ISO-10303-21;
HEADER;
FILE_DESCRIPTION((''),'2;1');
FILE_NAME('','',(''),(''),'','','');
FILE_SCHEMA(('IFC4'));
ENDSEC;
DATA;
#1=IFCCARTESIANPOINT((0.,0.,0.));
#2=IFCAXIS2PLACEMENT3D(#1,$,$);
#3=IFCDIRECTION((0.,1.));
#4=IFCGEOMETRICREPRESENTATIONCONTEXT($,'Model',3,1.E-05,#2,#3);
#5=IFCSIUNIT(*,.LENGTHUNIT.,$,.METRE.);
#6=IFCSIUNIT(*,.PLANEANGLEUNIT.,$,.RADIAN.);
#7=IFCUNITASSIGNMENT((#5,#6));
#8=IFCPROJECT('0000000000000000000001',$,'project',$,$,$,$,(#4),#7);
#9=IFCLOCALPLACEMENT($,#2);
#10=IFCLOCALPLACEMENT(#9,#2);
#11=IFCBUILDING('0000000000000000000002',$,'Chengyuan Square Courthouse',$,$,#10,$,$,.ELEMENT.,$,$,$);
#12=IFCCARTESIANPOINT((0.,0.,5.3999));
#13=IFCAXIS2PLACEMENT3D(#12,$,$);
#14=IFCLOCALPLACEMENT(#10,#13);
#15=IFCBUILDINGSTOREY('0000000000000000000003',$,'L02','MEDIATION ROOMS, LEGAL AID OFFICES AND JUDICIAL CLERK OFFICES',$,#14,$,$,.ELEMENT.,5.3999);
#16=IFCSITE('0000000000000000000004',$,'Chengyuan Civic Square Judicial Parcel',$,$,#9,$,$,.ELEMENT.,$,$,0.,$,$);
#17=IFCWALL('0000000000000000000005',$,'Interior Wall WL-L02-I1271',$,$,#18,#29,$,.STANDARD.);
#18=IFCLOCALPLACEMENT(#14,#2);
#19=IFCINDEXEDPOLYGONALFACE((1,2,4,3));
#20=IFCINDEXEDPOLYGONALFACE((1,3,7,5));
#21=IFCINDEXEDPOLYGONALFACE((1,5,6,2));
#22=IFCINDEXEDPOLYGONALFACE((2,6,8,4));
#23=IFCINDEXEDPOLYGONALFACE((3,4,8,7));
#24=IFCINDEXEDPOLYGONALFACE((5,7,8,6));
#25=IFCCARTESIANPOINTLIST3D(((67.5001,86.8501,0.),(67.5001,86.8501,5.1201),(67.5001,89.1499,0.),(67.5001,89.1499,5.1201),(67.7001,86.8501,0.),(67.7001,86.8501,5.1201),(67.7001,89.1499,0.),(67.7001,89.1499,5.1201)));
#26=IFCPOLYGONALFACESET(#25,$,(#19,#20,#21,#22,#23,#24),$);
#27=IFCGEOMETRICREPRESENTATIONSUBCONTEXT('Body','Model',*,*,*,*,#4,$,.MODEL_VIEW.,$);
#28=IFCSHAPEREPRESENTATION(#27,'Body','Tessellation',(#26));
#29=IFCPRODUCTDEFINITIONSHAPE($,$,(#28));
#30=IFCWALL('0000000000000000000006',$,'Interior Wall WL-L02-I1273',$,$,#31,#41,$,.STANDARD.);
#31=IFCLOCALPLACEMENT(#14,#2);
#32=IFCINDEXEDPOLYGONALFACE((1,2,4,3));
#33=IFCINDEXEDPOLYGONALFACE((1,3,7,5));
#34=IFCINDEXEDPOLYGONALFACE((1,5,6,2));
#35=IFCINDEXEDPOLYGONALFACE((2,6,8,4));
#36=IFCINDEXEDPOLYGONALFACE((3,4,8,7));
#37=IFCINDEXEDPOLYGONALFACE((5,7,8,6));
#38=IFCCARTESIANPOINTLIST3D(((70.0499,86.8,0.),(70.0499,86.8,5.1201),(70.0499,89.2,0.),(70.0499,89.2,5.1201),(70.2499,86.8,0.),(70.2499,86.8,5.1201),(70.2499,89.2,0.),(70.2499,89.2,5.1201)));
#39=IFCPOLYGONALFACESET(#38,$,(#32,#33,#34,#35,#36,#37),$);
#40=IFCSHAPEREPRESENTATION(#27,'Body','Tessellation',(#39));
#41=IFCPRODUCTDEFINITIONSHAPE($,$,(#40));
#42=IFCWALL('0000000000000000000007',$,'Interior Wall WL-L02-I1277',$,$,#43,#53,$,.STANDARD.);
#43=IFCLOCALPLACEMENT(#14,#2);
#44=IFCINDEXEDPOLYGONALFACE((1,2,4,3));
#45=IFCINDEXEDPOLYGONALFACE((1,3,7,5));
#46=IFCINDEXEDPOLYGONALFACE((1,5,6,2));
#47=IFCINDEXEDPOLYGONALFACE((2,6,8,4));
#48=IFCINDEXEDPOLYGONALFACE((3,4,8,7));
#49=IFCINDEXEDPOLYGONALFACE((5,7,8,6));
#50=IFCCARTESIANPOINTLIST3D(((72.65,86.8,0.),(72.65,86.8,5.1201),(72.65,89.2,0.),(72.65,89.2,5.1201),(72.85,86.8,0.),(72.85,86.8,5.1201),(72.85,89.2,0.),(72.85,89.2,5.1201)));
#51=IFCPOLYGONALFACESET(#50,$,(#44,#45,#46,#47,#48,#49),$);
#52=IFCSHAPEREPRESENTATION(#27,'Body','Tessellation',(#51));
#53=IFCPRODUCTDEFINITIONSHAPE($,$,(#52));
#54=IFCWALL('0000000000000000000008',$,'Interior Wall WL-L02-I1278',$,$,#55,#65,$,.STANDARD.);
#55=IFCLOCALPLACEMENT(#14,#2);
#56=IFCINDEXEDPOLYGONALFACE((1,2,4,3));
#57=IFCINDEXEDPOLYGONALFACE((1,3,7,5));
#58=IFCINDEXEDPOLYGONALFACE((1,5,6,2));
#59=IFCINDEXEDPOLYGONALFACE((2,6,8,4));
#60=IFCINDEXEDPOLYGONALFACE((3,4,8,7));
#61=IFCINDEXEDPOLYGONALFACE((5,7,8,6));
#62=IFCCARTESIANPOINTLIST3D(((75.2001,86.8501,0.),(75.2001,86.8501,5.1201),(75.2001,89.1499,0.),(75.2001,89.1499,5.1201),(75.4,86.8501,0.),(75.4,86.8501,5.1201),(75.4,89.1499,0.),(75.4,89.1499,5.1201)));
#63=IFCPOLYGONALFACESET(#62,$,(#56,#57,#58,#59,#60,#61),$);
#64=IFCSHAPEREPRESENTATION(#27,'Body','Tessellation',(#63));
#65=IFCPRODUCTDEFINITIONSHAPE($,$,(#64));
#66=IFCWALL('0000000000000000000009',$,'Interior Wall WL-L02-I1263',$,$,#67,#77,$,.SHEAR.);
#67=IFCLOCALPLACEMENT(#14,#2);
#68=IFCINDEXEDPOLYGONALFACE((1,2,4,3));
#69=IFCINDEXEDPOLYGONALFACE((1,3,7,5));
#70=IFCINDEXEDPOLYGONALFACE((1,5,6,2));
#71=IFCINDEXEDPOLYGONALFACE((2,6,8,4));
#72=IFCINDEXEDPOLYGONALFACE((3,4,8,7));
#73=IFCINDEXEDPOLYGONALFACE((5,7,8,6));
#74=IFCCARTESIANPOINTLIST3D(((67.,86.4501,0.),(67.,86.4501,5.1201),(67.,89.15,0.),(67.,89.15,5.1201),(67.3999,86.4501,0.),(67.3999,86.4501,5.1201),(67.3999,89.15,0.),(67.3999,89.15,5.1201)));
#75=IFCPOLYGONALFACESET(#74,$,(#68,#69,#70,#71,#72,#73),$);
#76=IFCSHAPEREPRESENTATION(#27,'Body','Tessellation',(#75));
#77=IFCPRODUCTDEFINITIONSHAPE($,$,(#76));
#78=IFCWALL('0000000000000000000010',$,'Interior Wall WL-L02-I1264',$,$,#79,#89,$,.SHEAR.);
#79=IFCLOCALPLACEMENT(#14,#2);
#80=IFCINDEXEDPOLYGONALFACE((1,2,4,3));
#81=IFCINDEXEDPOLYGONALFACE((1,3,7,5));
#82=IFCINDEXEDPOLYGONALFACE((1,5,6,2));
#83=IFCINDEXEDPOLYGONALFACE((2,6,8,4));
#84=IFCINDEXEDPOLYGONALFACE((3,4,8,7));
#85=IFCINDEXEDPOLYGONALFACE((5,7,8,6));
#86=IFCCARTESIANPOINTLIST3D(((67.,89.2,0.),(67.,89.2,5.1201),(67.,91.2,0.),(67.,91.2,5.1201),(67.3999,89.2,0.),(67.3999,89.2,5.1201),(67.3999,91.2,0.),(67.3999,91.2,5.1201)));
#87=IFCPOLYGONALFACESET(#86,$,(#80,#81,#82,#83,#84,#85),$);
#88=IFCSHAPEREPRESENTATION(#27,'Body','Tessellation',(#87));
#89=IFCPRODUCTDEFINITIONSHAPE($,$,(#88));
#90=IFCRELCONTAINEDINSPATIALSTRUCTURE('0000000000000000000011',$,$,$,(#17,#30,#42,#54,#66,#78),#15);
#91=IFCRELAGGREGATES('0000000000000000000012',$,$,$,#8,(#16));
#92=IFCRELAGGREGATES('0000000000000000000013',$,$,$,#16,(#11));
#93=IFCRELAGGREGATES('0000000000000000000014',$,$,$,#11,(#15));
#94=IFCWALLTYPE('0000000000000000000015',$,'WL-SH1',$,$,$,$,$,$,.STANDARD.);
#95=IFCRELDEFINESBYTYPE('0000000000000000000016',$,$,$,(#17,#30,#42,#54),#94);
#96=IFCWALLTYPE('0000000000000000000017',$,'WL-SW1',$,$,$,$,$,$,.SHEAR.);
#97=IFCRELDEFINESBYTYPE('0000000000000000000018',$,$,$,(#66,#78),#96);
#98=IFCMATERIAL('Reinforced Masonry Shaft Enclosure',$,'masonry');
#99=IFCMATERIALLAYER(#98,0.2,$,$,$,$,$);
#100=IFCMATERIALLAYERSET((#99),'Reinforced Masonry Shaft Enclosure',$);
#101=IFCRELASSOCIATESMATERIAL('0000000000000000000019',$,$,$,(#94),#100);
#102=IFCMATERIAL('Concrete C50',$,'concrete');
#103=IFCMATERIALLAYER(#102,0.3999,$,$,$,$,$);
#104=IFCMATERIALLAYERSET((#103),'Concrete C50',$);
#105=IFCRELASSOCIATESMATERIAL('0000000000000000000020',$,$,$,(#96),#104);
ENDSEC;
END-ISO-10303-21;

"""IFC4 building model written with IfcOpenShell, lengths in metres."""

from ifc_helpers import new_model, si_unit, direction, frame, frame_2d, origin, place, context, subcontext, project, spatial, rectangle, extrude, material, layer, layer_set, type_object, element, save


model = new_model("IFC4")

# Units and contexts
model_context = context("Model", 3, precision=1e-05, world=origin(), true_north=direction((0.0, 1.0)))
body_context = subcontext(model_context, "Body", "Model", "MODEL_VIEW")
ifc_project = project(units=[si_unit("LENGTHUNIT", "METRE"), si_unit("PLANEANGLEUNIT", "RADIAN")], contexts=[model_context])

# Site, building, storey
site_placement = place(None, origin())
site = spatial("IfcSite", under=ifc_project, at=site_placement, Name="Chengyuan Civic Square Judicial Parcel", CompositionType="ELEMENT", RefElevation=0.0)
building_placement = place(site_placement, origin())
building = spatial("IfcBuilding", under=site, at=building_placement, Name="Chengyuan Square Courthouse", CompositionType="ELEMENT")
storey_placement = place(building_placement, frame((0.0, 0.0, 5.3999)))
storey = spatial("IfcBuildingStorey", under=building, at=storey_placement, Name="L02", Description="MEDIATION ROOMS, LEGAL AID OFFICES AND JUDICIAL CLERK OFFICES", CompositionType="ELEMENT", Elevation=5.3999)

# Shared definitions
ifc_material_1 = material(Name="Concrete C50", Category="concrete")

# Shared definitions
ifc_material_2 = material(Name="Reinforced Masonry Shaft Enclosure", Category="masonry")
ifc_layer_1 = layer(ifc_material_2, 0.2)
ifc_layer_set_1 = layer_set([ifc_layer_1], Name="Reinforced Masonry Shaft Enclosure")
wall_type_1 = type_object("IfcWallType", Name="WL-SH1", PredefinedType="STANDARD", material=ifc_layer_set_1)

# Walls
wall_1_placement = place(storey_placement, frame((67.6001, 86.8501, 0.0), z_axis=(0.0, 0.0, 1.0), x_axis=(0.0, 1.0, 0.0)))
element("IfcWall", 1, at=wall_1_placement, inside=storey, type_object=wall_type_1, Name="Interior Wall WL-L02-I1271", PredefinedType="STANDARD", context=body_context, shape_type="SweptSolid", body=[
    extrude(rectangle(XDim=2.2998, YDim=0.2, at=frame_2d((1.1499, 0.0))), origin(), (0.0, 0.0, 1.0), 5.1201),
])
for number, where, z_axis, x_axis, name in (
    (2, (70.1499, 86.8, 0.0), (0.0, 0.0, 1.0), (0.0, 1.0, 0.0), "Interior Wall WL-L02-I1273"),
    (3, (72.75, 86.8, 0.0), (0.0, 0.0, 1.0), (0.0, 1.0, 0.0), "Interior Wall WL-L02-I1277"),
):
    element("IfcWall", number, at=place(storey_placement, frame(where, z_axis=z_axis, x_axis=x_axis)), inside=storey, type_object=wall_type_1, Name=name, PredefinedType="STANDARD", context=body_context, shape_type="SweptSolid", body=[
        extrude(rectangle(XDim=2.3999, YDim=0.2, at=frame_2d((1.2, 0.0))), origin(), (0.0, 0.0, 1.0), 5.1201),
    ])
wall_2_placement = place(storey_placement, frame((75.3, 86.8501, 0.0), z_axis=(0.0, 0.0, 1.0), x_axis=(0.0, 1.0, 0.0)))
element("IfcWall", 4, at=wall_2_placement, inside=storey, type_object=wall_type_1, Name="Interior Wall WL-L02-I1278", PredefinedType="STANDARD", context=body_context, shape_type="SweptSolid", body=[
    extrude(rectangle(XDim=2.2998, YDim=0.2, at=frame_2d((1.1499, 0.0))), origin(), (0.0, 0.0, 1.0), 5.1201),
])
ifc_layer_2 = layer(ifc_material_1, 0.3999)
ifc_layer_set_2 = layer_set([ifc_layer_2], Name="Concrete C50")
wall_type_2 = type_object("IfcWallType", Name="WL-SW1", PredefinedType="SHEAR", material=ifc_layer_set_2)
wall_3_placement = place(storey_placement, frame((67.2, 86.45, 0.0), z_axis=(0.0, 0.0, 1.0), x_axis=(0.0, 1.0, 0.0)))
element("IfcWall", 5, at=wall_3_placement, inside=storey, type_object=wall_type_2, Name="Interior Wall WL-L02-I1263", PredefinedType="SHEAR", context=body_context, shape_type="SweptSolid", body=[
    extrude(rectangle(XDim=2.7, YDim=0.3999, at=frame_2d((1.3501, 0.0))), origin(), (0.0, 0.0, 1.0), 5.1201),
])
wall_4_placement = place(storey_placement, frame((67.2, 89.2, 0.0), z_axis=(0.0, 0.0, 1.0), x_axis=(0.0, 1.0, 0.0)))
element("IfcWall", 6, at=wall_4_placement, inside=storey, type_object=wall_type_2, Name="Interior Wall WL-L02-I1264", PredefinedType="SHEAR", context=body_context, shape_type="SweptSolid", body=[
    extrude(rectangle(XDim=2.0, YDim=0.3999, at=frame_2d((1.0, 0.0))), origin(), (0.0, 0.0, 1.0), 5.1201),
])

save(model, "model.ifc")
